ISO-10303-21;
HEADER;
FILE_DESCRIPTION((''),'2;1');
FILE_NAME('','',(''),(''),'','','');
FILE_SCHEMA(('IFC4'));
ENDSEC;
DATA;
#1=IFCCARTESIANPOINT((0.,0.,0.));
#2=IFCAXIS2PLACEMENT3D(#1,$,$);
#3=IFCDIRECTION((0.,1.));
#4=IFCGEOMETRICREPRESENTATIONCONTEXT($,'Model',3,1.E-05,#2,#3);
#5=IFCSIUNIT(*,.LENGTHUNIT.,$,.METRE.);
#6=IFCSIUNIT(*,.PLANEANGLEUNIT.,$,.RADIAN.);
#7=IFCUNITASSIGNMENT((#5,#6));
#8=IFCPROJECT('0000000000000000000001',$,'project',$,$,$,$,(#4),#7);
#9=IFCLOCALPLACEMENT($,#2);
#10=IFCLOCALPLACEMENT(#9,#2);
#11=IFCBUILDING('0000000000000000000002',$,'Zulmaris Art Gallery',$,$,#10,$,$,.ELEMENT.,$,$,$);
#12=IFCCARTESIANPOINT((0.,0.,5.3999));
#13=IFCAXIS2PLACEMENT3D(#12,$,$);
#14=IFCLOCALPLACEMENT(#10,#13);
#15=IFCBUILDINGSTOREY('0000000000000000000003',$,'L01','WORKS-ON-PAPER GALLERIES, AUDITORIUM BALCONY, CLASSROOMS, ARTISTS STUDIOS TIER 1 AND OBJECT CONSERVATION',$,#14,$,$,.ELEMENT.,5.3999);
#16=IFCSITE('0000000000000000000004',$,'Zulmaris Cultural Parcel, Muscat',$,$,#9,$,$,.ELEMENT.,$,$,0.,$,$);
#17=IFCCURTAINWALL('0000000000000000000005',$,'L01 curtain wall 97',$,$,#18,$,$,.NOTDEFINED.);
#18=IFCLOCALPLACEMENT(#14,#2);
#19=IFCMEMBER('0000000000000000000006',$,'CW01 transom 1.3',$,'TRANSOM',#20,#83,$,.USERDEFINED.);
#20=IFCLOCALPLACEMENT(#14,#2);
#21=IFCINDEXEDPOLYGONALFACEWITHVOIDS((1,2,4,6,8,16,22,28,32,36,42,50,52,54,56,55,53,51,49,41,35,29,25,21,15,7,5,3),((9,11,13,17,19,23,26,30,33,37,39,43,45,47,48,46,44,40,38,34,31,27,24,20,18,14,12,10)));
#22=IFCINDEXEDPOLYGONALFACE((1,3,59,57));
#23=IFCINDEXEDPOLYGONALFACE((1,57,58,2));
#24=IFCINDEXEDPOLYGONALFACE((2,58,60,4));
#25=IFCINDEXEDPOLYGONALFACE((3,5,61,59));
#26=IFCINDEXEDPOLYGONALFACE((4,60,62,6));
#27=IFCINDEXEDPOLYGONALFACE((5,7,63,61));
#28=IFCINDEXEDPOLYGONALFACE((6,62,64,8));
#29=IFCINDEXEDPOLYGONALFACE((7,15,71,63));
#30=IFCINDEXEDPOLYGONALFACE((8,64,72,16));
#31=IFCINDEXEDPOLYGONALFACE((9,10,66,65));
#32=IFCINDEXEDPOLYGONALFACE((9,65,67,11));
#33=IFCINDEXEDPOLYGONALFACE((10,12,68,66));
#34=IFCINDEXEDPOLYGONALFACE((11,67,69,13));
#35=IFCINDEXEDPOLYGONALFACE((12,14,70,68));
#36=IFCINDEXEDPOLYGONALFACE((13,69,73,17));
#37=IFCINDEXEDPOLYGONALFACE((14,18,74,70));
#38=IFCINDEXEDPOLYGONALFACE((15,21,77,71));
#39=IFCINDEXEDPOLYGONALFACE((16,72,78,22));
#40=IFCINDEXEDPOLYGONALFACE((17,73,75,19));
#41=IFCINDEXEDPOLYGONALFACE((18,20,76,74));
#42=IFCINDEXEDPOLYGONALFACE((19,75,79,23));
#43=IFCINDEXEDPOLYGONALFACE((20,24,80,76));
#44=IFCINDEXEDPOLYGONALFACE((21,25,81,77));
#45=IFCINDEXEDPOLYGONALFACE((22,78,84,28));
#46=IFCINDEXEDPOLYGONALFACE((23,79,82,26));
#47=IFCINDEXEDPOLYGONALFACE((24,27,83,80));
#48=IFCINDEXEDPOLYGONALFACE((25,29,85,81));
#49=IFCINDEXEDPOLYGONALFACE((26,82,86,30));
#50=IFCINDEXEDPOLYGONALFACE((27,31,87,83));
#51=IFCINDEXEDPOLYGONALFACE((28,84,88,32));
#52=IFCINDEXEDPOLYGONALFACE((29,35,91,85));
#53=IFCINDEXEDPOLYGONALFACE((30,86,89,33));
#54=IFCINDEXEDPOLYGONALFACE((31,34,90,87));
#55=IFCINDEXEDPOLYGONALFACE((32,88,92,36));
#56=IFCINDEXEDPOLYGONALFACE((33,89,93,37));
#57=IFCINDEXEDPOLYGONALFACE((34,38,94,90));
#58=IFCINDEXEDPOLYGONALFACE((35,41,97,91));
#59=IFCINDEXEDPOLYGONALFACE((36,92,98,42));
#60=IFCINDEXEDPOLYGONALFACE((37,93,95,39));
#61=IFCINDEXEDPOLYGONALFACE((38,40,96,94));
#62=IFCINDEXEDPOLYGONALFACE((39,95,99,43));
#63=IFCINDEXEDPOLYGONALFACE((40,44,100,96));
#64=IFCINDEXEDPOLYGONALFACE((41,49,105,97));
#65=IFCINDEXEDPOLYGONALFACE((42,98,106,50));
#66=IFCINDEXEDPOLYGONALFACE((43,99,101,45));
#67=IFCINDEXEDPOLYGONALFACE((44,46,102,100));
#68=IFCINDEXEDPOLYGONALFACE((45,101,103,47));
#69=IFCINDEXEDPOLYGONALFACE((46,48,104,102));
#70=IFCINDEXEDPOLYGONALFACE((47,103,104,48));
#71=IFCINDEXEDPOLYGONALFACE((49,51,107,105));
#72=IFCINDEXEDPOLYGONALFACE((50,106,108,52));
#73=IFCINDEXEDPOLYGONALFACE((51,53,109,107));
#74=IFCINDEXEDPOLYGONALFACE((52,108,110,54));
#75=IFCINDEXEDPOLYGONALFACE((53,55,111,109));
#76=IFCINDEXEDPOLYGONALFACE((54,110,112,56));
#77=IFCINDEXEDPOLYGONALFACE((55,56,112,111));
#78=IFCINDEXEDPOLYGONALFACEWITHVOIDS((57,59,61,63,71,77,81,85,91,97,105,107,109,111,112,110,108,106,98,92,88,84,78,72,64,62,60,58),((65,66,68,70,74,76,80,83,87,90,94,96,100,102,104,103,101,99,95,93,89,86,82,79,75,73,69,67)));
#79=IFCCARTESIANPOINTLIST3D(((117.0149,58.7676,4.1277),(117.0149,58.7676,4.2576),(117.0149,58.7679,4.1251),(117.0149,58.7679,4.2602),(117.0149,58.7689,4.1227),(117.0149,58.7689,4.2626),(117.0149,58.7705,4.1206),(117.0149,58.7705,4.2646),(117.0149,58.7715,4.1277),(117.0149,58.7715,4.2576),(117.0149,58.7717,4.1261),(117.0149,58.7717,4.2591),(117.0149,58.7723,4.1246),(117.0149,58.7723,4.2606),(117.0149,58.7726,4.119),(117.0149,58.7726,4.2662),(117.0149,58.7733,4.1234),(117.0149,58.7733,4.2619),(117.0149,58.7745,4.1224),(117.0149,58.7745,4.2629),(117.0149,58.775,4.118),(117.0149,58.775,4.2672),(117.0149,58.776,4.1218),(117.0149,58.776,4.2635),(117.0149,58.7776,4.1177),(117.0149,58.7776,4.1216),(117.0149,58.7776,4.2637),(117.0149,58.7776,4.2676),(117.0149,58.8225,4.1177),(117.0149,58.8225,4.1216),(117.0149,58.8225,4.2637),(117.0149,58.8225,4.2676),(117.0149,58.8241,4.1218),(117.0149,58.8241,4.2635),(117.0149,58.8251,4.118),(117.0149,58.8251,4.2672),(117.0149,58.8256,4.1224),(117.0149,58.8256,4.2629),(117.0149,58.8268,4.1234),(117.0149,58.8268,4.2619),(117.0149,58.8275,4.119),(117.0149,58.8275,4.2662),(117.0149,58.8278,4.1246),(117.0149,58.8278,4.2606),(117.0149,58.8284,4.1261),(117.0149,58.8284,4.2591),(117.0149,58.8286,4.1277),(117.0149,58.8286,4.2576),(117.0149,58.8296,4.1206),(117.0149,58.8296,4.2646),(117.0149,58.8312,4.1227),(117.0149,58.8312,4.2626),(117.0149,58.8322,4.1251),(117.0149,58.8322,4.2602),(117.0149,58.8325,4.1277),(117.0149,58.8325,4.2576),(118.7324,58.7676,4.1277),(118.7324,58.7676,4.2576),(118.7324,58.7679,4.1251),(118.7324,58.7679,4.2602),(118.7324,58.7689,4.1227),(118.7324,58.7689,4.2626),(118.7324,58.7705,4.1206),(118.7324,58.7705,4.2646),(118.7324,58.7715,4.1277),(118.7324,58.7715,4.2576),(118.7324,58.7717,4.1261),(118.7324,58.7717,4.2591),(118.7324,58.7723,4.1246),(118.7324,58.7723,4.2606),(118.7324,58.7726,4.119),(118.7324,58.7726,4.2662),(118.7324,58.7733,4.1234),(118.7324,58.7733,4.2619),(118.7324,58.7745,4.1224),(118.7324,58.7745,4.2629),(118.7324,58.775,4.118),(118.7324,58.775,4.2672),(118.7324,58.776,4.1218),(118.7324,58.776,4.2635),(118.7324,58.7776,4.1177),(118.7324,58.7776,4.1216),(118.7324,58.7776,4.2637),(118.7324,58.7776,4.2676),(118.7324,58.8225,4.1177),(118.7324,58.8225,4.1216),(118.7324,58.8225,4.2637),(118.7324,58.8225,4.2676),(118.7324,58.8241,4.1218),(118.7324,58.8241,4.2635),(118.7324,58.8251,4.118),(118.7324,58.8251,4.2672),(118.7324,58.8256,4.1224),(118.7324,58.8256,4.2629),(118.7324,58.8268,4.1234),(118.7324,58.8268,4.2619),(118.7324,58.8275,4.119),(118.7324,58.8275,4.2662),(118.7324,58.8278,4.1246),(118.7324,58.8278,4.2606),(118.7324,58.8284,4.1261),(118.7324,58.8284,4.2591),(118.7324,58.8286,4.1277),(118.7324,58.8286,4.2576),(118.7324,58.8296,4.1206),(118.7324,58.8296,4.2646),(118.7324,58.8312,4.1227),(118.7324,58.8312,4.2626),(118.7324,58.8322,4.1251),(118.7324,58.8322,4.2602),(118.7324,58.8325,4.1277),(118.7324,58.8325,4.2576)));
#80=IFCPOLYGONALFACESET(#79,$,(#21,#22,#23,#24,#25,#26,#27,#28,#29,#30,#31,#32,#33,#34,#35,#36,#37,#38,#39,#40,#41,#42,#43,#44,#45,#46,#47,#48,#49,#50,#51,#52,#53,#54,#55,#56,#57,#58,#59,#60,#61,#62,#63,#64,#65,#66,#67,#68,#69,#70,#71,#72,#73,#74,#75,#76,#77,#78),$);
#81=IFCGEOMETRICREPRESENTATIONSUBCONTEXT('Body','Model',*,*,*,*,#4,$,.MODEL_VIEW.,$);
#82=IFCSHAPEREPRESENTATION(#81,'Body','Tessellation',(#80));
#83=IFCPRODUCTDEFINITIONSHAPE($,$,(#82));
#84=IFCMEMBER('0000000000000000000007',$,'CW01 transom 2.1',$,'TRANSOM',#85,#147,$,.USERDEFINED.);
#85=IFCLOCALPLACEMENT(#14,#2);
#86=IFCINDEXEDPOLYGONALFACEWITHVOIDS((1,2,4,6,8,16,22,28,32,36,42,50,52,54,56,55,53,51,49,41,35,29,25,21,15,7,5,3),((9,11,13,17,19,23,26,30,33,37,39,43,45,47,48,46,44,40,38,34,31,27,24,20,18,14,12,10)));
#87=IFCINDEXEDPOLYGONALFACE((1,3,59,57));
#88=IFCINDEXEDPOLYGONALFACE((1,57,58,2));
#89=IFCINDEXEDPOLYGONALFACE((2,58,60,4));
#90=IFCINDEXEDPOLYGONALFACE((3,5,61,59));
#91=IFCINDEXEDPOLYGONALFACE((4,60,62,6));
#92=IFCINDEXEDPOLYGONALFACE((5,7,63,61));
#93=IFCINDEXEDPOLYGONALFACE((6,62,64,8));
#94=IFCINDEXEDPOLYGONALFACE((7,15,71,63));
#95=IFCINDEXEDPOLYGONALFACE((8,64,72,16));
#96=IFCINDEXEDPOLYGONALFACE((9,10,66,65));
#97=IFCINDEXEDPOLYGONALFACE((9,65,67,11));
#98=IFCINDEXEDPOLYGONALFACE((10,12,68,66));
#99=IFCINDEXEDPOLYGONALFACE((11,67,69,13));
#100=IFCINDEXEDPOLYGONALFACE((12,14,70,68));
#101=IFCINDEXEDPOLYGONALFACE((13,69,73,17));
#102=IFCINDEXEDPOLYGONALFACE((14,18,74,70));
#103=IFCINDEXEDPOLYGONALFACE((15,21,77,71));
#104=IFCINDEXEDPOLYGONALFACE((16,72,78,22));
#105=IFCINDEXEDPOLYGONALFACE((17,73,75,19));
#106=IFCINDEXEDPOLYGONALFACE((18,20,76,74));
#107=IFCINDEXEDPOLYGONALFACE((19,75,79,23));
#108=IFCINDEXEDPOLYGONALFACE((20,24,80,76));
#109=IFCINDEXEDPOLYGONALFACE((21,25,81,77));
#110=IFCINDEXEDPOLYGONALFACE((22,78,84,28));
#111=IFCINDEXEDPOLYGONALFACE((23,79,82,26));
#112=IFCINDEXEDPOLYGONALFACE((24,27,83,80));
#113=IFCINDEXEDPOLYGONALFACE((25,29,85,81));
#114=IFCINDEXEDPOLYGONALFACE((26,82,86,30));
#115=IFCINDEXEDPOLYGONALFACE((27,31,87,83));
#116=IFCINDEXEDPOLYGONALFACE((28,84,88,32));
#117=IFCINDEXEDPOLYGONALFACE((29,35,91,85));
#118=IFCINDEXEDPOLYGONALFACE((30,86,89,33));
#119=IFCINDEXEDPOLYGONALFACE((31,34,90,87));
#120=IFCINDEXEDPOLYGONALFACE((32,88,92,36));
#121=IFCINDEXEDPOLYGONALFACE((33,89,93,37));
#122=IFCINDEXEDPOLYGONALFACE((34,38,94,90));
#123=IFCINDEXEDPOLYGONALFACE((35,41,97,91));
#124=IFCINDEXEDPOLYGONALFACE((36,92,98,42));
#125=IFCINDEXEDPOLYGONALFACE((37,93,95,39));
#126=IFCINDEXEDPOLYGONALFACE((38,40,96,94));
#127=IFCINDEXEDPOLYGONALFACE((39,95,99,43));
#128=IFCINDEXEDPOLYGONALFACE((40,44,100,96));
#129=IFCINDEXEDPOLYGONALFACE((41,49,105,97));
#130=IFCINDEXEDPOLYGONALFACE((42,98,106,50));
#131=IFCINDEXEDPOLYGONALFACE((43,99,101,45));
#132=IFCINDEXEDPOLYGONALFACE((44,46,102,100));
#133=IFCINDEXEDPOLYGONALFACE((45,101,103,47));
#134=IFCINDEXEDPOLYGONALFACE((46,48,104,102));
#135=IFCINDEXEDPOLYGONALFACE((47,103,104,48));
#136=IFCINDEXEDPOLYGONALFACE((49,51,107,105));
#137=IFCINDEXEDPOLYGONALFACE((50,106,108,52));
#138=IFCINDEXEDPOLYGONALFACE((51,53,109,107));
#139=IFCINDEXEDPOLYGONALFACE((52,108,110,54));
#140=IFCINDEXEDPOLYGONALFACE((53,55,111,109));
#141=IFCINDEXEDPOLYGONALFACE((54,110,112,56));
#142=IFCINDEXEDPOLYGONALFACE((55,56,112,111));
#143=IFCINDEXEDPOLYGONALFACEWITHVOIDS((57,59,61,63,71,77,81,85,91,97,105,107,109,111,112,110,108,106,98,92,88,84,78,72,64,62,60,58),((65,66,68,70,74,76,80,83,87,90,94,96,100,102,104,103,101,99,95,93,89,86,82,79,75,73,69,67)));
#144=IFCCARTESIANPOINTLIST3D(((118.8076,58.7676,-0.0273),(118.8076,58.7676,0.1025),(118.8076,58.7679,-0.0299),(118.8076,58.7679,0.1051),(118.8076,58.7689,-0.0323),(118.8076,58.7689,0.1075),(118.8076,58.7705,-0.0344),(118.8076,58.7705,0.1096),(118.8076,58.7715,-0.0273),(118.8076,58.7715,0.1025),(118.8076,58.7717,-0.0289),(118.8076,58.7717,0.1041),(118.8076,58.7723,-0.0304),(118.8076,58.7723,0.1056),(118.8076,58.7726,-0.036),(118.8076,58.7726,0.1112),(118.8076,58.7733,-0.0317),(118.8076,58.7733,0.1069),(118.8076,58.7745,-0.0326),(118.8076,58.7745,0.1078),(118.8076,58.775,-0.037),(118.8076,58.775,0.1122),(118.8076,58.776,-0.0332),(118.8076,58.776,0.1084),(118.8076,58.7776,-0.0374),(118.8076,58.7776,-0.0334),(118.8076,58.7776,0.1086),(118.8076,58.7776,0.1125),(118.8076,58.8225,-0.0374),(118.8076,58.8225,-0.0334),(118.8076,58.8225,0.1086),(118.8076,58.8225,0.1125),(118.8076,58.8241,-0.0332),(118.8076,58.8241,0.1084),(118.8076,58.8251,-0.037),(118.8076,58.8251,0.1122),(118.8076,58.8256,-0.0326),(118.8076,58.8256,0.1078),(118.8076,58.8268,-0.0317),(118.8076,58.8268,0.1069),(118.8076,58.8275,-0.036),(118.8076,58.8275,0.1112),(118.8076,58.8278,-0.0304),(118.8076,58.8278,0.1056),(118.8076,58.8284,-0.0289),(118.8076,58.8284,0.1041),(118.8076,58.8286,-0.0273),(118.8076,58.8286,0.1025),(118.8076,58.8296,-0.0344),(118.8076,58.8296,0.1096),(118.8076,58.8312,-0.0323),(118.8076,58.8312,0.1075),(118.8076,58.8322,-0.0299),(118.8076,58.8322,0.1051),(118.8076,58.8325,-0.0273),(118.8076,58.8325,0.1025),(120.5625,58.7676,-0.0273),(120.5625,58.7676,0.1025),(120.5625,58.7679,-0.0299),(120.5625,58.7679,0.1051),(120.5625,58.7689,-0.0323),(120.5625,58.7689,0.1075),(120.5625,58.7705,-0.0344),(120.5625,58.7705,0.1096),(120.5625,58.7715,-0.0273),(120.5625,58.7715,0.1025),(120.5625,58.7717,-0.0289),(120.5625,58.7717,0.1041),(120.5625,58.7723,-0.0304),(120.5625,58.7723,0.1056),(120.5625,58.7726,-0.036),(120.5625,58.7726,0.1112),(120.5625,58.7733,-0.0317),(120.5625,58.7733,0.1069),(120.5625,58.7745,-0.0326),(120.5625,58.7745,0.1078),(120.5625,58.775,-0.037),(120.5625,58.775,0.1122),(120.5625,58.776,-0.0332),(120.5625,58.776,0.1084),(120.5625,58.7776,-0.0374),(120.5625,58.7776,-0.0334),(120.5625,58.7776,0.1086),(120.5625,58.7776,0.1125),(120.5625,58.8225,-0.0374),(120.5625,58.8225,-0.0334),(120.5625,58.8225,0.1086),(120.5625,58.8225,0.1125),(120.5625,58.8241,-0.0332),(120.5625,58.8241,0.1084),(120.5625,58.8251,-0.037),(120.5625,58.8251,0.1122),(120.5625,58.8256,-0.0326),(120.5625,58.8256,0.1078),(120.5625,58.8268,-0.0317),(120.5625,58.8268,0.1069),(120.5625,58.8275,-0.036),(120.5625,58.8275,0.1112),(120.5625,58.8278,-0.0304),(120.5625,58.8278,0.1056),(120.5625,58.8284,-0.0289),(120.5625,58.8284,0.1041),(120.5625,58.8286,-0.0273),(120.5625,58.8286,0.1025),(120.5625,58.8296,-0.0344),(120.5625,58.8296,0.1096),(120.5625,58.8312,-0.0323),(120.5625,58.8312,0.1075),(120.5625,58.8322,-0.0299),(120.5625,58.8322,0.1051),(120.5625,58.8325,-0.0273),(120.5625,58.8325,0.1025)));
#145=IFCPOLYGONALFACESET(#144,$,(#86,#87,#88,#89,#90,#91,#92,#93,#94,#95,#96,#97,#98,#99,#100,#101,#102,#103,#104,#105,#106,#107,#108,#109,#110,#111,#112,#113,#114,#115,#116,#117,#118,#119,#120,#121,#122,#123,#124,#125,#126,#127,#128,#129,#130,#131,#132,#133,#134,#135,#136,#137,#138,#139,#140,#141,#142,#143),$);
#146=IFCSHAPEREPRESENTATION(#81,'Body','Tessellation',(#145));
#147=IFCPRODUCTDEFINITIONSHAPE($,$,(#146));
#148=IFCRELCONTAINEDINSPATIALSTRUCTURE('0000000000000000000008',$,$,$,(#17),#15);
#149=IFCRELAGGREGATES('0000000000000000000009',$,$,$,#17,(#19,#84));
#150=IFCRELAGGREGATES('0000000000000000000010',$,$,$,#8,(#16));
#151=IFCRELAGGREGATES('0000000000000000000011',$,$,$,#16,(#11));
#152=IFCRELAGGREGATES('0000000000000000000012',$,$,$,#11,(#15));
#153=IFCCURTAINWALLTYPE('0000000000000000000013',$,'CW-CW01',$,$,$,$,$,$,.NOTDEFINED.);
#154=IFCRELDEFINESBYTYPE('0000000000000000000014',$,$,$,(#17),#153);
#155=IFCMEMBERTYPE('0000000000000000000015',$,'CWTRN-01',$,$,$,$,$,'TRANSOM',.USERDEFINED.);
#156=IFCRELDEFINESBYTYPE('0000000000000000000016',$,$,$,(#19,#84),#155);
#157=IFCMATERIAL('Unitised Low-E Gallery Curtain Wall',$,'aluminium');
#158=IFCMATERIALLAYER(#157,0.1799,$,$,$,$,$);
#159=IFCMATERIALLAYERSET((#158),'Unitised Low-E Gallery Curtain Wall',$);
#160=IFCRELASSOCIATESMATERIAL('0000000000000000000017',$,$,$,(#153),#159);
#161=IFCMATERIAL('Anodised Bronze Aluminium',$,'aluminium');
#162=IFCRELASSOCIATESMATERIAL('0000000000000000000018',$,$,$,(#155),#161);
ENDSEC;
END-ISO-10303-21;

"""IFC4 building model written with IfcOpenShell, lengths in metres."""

from ifc_helpers import new_model, si_unit, direction, frame, origin, origin_2d, place, context, subcontext, project, spatial, hollow_rectangle, extrude, material, layer, layer_set, material_profile, profile_set, type_object, element, aggregate, save


model = new_model("IFC4")

# Units and contexts
model_context = context("Model", 3, precision=1e-05, world=origin(), true_north=direction((0.0, 1.0)))
body_context = subcontext(model_context, "Body", "Model", "MODEL_VIEW")
ifc_project = project(units=[si_unit("LENGTHUNIT", "METRE"), si_unit("PLANEANGLEUNIT", "RADIAN")], contexts=[model_context])

# Site, building, storey
site_placement = place(None, origin())
site = spatial("IfcSite", under=ifc_project, at=site_placement, Name="Zulmaris Cultural Parcel, Muscat", CompositionType="ELEMENT", RefElevation=0.0)
building_placement = place(site_placement, origin())
building = spatial("IfcBuilding", under=site, at=building_placement, Name="Zulmaris Art Gallery", CompositionType="ELEMENT")
storey_placement = place(building_placement, frame((0.0, 0.0, 5.3999)))
storey = spatial("IfcBuildingStorey", under=building, at=storey_placement, Name="L01", Description="WORKS-ON-PAPER GALLERIES, AUDITORIUM BALCONY, CLASSROOMS, ARTISTS STUDIOS TIER 1 AND OBJECT CONSERVATION", CompositionType="ELEMENT", Elevation=5.3999)

# Curtain wall
ifc_material_1 = material(Name="Unitised Low-E Gallery Curtain Wall", Category="aluminium")
ifc_layer_1 = layer(ifc_material_1, 0.1799)
ifc_layer_set_1 = layer_set([ifc_layer_1], Name="Unitised Low-E Gallery Curtain Wall")
curtain_wall_type = type_object("IfcCurtainWallType", Name="CW-CW01", PredefinedType="NOTDEFINED", material=ifc_layer_set_1)
ifc_material_2 = material(Name="Anodised Bronze Aluminium", Category="aluminium")
curtain_wall_1_placement = place(storey_placement, origin())
curtain_wall_1 = element("IfcCurtainWall", 1, at=curtain_wall_1_placement, inside=storey, type_object=curtain_wall_type, Name="L01 curtain wall 97", PredefinedType="NOTDEFINED")

# Members
ifc_material_profile_1 = material_profile(ifc_material_2, hollow_rectangle(XDim=0.0649, YDim=0.1499, WallThickness=0.0039, InnerFilletRadius=0.0061, OuterFilletRadius=0.01, at=origin_2d()), Name="ALU 65x150x4")
ifc_profile_set_1 = profile_set([ifc_material_profile_1], Name="Anodised Bronze Aluminium")
member_type_1 = type_object("IfcMemberType", Name="CWTRN-01", ElementType="TRANSOM", PredefinedType="USERDEFINED", material=ifc_profile_set_1)
member_1_placement = place(storey_placement, frame((117.0149, 58.8, 4.1926), z_axis=(1.0, 0.0, 0.0), x_axis=(0.0, 1.0, 0.0)))
member_1 = element("IfcMember", 2, at=member_1_placement, type_object=member_type_1, Name="CW01 transom 1.3", ObjectType="TRANSOM", PredefinedType="USERDEFINED", context=body_context, shape_type="SweptSolid", body=[
    extrude(hollow_rectangle(XDim=0.0649, YDim=0.1499, WallThickness=0.0039, InnerFilletRadius=0.0061, OuterFilletRadius=0.01, at=origin_2d()), origin(), (0.0, 0.0, 1.0), 1.7175),
])
member_2_placement = place(storey_placement, frame((118.8076, 58.8, 0.0376), z_axis=(1.0, 0.0, 0.0), x_axis=(0.0, 1.0, 0.0)))
member_2 = element("IfcMember", 3, at=member_2_placement, type_object=member_type_1, Name="CW01 transom 2.1", ObjectType="TRANSOM", PredefinedType="USERDEFINED", context=body_context, shape_type="SweptSolid", body=[
    extrude(hollow_rectangle(XDim=0.0649, YDim=0.1499, WallThickness=0.0039, InnerFilletRadius=0.0061, OuterFilletRadius=0.01, at=origin_2d()), origin(), (0.0, 0.0, 1.0), 1.7549),
])

aggregate(curtain_wall_1, [member_1, member_2])

save(model, "model.ifc")
